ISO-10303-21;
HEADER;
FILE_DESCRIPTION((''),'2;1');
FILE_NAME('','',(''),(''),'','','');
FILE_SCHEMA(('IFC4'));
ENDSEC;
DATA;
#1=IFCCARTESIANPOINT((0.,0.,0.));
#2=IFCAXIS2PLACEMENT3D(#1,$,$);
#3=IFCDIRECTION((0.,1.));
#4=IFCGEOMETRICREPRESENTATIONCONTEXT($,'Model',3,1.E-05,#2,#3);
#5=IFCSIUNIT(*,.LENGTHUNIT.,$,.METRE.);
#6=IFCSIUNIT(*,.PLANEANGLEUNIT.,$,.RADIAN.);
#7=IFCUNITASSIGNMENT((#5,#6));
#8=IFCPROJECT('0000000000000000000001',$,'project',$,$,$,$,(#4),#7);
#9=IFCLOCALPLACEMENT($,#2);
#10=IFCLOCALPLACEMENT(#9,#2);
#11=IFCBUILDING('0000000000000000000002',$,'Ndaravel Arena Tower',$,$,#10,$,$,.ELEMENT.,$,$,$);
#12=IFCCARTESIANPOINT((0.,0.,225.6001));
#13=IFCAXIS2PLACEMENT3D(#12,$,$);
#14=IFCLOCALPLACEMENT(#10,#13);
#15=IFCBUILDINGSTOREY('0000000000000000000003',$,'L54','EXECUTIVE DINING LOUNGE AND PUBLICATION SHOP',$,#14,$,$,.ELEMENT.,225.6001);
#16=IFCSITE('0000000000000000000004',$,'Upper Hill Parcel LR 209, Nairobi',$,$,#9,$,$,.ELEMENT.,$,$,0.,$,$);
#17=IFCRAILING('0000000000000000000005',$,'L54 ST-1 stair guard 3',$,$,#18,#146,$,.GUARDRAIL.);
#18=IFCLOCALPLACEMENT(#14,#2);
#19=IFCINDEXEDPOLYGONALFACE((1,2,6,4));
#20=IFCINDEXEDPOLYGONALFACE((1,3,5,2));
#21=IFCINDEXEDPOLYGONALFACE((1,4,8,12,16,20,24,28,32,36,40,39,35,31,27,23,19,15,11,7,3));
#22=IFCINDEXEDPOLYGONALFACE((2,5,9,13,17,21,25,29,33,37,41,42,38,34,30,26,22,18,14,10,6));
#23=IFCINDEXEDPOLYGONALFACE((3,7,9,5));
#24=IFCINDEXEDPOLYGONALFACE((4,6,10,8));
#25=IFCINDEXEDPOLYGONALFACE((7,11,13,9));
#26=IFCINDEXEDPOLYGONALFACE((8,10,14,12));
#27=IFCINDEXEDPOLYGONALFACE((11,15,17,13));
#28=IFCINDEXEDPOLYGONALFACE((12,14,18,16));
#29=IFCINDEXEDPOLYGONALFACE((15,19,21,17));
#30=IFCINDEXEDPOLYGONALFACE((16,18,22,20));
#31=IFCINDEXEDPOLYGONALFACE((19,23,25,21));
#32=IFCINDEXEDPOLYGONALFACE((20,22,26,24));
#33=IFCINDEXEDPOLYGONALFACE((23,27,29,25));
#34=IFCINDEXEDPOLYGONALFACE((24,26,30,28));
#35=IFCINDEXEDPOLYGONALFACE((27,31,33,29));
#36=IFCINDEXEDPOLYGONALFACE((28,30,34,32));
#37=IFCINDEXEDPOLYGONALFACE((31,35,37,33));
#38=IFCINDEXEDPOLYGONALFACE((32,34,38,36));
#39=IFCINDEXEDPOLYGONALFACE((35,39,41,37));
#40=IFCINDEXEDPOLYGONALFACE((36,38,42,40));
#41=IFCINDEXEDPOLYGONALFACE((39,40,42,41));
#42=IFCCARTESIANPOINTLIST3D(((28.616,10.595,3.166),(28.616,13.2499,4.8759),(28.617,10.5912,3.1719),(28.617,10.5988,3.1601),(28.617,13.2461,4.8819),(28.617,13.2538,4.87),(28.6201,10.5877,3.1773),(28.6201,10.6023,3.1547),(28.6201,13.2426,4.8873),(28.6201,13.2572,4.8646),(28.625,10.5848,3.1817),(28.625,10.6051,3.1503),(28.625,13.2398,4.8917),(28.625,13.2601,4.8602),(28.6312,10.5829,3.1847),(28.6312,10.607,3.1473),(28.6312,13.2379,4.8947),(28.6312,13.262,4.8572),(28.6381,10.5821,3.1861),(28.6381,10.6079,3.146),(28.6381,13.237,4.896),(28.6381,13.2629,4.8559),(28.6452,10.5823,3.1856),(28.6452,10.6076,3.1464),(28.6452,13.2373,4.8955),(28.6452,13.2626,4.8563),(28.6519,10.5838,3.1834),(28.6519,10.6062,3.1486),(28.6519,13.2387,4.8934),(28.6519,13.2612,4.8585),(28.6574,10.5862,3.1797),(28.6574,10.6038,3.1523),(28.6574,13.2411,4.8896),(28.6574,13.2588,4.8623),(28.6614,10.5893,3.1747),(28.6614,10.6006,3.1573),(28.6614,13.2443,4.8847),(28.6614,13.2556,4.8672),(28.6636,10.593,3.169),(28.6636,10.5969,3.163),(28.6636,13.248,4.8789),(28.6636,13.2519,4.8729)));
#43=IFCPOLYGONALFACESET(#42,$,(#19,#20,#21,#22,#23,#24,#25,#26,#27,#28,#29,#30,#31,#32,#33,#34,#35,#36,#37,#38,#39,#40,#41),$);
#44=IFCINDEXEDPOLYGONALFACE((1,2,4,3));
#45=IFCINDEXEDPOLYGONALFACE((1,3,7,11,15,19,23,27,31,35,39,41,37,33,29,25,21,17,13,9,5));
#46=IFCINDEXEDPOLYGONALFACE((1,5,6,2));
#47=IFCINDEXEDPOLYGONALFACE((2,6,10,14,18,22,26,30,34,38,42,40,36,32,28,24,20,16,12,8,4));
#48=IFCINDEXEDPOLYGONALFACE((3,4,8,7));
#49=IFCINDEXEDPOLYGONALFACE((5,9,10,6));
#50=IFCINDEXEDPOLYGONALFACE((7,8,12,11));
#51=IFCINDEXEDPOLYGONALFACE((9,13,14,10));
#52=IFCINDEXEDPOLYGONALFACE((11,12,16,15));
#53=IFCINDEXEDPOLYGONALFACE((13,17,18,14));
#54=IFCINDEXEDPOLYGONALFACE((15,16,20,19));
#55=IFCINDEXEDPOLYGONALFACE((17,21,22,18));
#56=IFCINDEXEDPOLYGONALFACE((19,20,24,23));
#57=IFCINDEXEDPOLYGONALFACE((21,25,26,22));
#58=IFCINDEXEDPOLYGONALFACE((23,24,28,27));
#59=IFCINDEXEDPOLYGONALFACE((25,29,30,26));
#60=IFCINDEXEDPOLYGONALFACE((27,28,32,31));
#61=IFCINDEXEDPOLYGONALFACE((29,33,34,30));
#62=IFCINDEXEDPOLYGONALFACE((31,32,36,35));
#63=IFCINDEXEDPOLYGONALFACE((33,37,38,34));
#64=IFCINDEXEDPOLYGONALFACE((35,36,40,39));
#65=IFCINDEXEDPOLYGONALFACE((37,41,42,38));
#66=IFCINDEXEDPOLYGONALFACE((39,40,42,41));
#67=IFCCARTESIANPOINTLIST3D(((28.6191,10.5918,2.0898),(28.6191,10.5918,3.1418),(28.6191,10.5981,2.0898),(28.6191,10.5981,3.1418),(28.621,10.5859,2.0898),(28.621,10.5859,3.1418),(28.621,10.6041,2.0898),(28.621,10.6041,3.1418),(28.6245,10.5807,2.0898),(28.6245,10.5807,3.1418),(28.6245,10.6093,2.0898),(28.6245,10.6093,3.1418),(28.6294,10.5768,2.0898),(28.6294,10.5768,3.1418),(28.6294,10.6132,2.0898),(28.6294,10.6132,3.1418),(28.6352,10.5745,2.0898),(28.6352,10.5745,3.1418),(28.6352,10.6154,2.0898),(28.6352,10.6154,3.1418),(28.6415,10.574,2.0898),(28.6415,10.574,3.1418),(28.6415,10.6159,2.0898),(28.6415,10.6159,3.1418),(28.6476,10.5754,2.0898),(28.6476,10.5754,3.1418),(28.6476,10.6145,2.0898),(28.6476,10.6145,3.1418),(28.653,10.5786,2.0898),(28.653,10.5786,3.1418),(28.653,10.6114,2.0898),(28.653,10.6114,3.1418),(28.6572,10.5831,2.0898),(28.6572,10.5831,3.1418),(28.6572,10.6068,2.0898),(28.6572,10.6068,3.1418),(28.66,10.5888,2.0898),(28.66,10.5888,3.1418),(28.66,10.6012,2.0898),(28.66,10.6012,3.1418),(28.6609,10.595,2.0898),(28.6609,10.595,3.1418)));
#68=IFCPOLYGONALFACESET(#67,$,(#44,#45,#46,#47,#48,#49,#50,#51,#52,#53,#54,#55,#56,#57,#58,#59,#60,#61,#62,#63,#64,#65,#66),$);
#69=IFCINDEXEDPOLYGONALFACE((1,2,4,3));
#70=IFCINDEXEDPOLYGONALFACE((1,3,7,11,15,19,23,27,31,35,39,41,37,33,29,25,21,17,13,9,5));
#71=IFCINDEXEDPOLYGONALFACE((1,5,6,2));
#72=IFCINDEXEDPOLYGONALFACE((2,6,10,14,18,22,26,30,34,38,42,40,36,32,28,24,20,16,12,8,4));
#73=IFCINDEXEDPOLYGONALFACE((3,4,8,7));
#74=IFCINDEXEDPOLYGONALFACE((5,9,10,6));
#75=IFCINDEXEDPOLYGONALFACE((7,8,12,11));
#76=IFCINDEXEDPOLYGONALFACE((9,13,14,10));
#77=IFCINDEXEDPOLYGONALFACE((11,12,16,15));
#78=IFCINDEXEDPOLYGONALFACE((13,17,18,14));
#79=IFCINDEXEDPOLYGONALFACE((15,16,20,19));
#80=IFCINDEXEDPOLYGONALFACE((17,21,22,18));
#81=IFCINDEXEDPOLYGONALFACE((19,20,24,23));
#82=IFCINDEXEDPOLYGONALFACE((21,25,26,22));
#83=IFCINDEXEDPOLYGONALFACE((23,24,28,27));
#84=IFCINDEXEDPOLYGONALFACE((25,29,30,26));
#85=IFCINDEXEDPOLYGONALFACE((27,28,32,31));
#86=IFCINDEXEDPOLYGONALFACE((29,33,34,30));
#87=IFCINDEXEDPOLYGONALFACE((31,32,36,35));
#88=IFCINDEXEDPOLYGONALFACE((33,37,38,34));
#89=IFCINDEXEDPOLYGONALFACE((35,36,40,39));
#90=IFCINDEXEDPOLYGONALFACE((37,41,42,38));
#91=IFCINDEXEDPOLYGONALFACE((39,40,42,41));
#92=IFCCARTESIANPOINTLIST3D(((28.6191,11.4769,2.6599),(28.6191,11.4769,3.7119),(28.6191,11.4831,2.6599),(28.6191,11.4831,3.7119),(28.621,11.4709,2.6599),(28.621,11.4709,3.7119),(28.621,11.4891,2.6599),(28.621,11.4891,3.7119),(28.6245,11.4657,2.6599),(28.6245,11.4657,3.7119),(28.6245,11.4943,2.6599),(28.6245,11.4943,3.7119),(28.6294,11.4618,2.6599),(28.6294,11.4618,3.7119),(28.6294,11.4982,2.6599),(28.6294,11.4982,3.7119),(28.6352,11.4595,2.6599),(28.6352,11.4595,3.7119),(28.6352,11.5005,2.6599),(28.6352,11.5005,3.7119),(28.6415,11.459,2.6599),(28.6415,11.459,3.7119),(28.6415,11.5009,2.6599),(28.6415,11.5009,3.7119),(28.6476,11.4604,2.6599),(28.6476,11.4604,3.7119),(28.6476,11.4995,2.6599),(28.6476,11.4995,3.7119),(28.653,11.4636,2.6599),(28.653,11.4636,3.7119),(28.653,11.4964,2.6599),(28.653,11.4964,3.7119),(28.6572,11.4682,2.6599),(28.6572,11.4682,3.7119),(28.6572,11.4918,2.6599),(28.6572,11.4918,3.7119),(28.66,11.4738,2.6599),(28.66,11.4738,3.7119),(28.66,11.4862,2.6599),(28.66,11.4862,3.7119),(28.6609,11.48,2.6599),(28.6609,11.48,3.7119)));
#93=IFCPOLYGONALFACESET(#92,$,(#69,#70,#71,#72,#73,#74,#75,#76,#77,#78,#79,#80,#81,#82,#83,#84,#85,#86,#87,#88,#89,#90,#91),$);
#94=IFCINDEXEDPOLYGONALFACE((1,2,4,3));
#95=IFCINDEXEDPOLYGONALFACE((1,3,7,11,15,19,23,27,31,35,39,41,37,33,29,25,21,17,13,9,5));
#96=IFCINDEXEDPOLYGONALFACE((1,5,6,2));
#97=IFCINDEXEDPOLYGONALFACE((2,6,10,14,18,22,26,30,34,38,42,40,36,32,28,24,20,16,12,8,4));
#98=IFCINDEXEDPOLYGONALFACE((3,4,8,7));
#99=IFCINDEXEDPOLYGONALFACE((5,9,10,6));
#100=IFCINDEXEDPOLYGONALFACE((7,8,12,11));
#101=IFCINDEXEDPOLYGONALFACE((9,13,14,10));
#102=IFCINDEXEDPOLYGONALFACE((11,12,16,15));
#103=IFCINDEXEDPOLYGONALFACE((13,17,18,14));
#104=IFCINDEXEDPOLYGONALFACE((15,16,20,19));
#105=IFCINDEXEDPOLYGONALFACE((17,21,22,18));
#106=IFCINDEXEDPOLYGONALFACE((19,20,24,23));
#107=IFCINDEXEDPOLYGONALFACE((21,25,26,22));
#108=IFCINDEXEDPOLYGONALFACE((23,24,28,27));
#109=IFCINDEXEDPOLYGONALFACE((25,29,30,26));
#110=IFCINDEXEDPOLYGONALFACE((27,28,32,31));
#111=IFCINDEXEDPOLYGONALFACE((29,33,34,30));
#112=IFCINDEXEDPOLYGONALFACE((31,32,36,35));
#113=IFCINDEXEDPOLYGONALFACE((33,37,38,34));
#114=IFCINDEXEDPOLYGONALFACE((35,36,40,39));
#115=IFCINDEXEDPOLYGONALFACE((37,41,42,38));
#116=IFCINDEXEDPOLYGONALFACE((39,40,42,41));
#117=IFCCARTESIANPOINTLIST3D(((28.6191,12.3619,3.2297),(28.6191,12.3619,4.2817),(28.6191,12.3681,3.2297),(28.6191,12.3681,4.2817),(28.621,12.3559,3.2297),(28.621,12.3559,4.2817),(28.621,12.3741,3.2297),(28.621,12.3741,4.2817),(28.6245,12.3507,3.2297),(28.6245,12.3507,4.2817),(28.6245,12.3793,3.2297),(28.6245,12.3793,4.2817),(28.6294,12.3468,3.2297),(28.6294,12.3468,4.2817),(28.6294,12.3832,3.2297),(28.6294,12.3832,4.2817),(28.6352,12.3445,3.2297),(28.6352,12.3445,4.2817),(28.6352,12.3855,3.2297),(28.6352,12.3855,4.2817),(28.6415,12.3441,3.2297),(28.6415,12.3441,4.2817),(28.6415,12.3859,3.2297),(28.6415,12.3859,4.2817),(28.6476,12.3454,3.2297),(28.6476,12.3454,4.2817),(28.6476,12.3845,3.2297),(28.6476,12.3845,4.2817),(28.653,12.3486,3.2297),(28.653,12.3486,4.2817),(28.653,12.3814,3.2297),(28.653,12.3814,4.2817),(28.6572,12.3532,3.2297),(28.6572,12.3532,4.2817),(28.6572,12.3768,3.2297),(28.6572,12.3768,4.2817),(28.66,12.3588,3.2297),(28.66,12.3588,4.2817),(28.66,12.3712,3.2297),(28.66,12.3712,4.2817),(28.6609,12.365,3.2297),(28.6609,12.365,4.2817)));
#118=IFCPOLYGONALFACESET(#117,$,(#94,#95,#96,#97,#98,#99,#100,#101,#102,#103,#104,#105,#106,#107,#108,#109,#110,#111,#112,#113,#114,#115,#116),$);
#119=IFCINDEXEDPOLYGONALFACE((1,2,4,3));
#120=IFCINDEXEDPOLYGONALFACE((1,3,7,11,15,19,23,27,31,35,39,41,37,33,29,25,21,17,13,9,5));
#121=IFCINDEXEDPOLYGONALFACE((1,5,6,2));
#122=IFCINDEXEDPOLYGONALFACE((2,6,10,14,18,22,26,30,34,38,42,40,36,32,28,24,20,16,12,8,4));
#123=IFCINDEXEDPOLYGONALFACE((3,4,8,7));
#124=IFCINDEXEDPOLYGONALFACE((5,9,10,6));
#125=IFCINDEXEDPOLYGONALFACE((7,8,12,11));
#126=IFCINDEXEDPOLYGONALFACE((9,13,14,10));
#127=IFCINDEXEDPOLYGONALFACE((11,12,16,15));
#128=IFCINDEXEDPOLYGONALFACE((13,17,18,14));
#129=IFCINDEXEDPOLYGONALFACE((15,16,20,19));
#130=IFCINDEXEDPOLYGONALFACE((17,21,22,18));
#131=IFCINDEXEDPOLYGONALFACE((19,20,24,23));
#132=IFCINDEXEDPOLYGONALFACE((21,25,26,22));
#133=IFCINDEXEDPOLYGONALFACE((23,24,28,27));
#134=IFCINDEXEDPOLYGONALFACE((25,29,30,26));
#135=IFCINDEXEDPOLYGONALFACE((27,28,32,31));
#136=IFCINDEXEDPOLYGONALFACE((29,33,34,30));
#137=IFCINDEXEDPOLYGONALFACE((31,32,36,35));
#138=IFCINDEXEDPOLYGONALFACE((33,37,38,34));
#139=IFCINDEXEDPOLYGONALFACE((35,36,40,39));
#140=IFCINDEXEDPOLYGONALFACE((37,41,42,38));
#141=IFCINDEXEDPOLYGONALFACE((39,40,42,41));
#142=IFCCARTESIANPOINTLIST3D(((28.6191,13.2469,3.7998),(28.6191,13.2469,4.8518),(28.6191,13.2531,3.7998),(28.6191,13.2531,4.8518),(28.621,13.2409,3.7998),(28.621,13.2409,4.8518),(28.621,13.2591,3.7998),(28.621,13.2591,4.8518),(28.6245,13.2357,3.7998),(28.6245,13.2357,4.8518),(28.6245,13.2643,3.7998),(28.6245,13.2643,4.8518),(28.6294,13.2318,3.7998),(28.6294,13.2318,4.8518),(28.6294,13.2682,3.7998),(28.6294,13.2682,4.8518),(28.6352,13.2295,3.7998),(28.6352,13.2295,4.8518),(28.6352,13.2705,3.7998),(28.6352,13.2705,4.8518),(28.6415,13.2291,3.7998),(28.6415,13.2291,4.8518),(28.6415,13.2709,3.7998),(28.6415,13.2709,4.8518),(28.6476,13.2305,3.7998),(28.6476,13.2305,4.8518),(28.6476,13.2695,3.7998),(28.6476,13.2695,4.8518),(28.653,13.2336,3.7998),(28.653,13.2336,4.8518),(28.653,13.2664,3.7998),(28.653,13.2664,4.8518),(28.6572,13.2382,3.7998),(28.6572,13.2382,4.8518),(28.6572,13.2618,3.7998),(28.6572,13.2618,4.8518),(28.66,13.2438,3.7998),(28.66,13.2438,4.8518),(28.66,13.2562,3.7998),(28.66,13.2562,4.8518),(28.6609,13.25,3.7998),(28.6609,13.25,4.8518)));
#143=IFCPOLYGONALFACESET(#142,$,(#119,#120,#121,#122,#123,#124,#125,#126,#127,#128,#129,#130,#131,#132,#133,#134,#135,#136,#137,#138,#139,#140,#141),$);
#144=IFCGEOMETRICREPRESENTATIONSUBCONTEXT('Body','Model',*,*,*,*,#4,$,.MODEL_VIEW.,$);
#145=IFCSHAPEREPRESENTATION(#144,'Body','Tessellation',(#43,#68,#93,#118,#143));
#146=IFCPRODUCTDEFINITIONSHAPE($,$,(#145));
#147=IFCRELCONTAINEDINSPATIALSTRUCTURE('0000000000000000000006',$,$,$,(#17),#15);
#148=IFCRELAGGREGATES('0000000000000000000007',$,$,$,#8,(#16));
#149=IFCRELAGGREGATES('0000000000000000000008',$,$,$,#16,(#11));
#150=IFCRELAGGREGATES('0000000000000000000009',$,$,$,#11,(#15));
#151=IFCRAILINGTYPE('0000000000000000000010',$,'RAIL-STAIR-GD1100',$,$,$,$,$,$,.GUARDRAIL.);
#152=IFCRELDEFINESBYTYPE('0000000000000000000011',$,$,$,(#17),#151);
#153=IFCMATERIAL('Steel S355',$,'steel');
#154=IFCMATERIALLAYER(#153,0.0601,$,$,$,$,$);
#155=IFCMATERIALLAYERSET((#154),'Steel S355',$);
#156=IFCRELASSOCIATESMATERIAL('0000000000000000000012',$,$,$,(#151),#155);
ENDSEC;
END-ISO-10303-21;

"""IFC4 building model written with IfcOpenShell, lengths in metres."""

from ifc_helpers import new_model, si_unit, direction, frame, origin, origin_2d, place, context, subcontext, project, spatial, circle, extrude, material, layer, layer_set, type_object, element, save


model = new_model("IFC4")

# Units and contexts
model_context = context("Model", 3, precision=1e-05, world=origin(), true_north=direction((0.0, 1.0)))
body_context = subcontext(model_context, "Body", "Model", "MODEL_VIEW")
ifc_project = project(units=[si_unit("LENGTHUNIT", "METRE"), si_unit("PLANEANGLEUNIT", "RADIAN")], contexts=[model_context])

# Site, building, storey
site_placement = place(None, origin())
site = spatial("IfcSite", under=ifc_project, at=site_placement, Name="Upper Hill Parcel LR 209, Nairobi", CompositionType="ELEMENT", RefElevation=0.0)
building_placement = place(site_placement, origin())
building = spatial("IfcBuilding", under=site, at=building_placement, Name="Ndaravel Arena Tower", CompositionType="ELEMENT")
storey_placement = place(building_placement, frame((0.0, 0.0, 225.6001)))
storey = spatial("IfcBuildingStorey", under=building, at=storey_placement, Name="L54", Description="EXECUTIVE DINING LOUNGE AND PUBLICATION SHOP", CompositionType="ELEMENT", Elevation=225.6001)

# Railing
ifc_material_1 = material(Name="Steel S355", Category="steel")
ifc_layer_1 = layer(ifc_material_1, 0.0601)
ifc_layer_set_1 = layer_set([ifc_layer_1], Name="Steel S355")
railing_type_1 = type_object("IfcRailingType", Name="RAIL-STAIR-GD1100", PredefinedType="GUARDRAIL", material=ifc_layer_set_1)
railing_1_placement = place(storey_placement, frame((28.6399, 10.595, 2.0898)))
element("IfcRailing", 1, at=railing_1_placement, inside=storey, type_object=railing_type_1, Name="L54 ST-1 stair guard 3", PredefinedType="GUARDRAIL", context=body_context, shape_type="SweptSolid", body=[
    extrude(circle(Radius=0.0239, at=origin_2d()), frame((0.0, 0.0, 1.0762), z_axis=(0.0, 0.840724, 0.541465), x_axis=(-1.0, 0.0, 0.0)), (0.0, 0.0, 1.0), 3.158),
    extrude(circle(Radius=0.021, at=origin_2d()), origin(), (0.0, 0.0, 1.0), 1.052),
    extrude(circle(Radius=0.021, at=origin_2d()), frame((0.0, 0.885, 0.5701)), (0.0, 0.0, 1.0), 1.052),
    extrude(circle(Radius=0.021, at=origin_2d()), frame((0.0, 1.77, 1.1399)), (0.0, 0.0, 1.0), 1.052),
    extrude(circle(Radius=0.021, at=origin_2d()), frame((0.0, 2.655, 1.71)), (0.0, 0.0, 1.0), 1.052),
])

save(model, "model.ifc")
